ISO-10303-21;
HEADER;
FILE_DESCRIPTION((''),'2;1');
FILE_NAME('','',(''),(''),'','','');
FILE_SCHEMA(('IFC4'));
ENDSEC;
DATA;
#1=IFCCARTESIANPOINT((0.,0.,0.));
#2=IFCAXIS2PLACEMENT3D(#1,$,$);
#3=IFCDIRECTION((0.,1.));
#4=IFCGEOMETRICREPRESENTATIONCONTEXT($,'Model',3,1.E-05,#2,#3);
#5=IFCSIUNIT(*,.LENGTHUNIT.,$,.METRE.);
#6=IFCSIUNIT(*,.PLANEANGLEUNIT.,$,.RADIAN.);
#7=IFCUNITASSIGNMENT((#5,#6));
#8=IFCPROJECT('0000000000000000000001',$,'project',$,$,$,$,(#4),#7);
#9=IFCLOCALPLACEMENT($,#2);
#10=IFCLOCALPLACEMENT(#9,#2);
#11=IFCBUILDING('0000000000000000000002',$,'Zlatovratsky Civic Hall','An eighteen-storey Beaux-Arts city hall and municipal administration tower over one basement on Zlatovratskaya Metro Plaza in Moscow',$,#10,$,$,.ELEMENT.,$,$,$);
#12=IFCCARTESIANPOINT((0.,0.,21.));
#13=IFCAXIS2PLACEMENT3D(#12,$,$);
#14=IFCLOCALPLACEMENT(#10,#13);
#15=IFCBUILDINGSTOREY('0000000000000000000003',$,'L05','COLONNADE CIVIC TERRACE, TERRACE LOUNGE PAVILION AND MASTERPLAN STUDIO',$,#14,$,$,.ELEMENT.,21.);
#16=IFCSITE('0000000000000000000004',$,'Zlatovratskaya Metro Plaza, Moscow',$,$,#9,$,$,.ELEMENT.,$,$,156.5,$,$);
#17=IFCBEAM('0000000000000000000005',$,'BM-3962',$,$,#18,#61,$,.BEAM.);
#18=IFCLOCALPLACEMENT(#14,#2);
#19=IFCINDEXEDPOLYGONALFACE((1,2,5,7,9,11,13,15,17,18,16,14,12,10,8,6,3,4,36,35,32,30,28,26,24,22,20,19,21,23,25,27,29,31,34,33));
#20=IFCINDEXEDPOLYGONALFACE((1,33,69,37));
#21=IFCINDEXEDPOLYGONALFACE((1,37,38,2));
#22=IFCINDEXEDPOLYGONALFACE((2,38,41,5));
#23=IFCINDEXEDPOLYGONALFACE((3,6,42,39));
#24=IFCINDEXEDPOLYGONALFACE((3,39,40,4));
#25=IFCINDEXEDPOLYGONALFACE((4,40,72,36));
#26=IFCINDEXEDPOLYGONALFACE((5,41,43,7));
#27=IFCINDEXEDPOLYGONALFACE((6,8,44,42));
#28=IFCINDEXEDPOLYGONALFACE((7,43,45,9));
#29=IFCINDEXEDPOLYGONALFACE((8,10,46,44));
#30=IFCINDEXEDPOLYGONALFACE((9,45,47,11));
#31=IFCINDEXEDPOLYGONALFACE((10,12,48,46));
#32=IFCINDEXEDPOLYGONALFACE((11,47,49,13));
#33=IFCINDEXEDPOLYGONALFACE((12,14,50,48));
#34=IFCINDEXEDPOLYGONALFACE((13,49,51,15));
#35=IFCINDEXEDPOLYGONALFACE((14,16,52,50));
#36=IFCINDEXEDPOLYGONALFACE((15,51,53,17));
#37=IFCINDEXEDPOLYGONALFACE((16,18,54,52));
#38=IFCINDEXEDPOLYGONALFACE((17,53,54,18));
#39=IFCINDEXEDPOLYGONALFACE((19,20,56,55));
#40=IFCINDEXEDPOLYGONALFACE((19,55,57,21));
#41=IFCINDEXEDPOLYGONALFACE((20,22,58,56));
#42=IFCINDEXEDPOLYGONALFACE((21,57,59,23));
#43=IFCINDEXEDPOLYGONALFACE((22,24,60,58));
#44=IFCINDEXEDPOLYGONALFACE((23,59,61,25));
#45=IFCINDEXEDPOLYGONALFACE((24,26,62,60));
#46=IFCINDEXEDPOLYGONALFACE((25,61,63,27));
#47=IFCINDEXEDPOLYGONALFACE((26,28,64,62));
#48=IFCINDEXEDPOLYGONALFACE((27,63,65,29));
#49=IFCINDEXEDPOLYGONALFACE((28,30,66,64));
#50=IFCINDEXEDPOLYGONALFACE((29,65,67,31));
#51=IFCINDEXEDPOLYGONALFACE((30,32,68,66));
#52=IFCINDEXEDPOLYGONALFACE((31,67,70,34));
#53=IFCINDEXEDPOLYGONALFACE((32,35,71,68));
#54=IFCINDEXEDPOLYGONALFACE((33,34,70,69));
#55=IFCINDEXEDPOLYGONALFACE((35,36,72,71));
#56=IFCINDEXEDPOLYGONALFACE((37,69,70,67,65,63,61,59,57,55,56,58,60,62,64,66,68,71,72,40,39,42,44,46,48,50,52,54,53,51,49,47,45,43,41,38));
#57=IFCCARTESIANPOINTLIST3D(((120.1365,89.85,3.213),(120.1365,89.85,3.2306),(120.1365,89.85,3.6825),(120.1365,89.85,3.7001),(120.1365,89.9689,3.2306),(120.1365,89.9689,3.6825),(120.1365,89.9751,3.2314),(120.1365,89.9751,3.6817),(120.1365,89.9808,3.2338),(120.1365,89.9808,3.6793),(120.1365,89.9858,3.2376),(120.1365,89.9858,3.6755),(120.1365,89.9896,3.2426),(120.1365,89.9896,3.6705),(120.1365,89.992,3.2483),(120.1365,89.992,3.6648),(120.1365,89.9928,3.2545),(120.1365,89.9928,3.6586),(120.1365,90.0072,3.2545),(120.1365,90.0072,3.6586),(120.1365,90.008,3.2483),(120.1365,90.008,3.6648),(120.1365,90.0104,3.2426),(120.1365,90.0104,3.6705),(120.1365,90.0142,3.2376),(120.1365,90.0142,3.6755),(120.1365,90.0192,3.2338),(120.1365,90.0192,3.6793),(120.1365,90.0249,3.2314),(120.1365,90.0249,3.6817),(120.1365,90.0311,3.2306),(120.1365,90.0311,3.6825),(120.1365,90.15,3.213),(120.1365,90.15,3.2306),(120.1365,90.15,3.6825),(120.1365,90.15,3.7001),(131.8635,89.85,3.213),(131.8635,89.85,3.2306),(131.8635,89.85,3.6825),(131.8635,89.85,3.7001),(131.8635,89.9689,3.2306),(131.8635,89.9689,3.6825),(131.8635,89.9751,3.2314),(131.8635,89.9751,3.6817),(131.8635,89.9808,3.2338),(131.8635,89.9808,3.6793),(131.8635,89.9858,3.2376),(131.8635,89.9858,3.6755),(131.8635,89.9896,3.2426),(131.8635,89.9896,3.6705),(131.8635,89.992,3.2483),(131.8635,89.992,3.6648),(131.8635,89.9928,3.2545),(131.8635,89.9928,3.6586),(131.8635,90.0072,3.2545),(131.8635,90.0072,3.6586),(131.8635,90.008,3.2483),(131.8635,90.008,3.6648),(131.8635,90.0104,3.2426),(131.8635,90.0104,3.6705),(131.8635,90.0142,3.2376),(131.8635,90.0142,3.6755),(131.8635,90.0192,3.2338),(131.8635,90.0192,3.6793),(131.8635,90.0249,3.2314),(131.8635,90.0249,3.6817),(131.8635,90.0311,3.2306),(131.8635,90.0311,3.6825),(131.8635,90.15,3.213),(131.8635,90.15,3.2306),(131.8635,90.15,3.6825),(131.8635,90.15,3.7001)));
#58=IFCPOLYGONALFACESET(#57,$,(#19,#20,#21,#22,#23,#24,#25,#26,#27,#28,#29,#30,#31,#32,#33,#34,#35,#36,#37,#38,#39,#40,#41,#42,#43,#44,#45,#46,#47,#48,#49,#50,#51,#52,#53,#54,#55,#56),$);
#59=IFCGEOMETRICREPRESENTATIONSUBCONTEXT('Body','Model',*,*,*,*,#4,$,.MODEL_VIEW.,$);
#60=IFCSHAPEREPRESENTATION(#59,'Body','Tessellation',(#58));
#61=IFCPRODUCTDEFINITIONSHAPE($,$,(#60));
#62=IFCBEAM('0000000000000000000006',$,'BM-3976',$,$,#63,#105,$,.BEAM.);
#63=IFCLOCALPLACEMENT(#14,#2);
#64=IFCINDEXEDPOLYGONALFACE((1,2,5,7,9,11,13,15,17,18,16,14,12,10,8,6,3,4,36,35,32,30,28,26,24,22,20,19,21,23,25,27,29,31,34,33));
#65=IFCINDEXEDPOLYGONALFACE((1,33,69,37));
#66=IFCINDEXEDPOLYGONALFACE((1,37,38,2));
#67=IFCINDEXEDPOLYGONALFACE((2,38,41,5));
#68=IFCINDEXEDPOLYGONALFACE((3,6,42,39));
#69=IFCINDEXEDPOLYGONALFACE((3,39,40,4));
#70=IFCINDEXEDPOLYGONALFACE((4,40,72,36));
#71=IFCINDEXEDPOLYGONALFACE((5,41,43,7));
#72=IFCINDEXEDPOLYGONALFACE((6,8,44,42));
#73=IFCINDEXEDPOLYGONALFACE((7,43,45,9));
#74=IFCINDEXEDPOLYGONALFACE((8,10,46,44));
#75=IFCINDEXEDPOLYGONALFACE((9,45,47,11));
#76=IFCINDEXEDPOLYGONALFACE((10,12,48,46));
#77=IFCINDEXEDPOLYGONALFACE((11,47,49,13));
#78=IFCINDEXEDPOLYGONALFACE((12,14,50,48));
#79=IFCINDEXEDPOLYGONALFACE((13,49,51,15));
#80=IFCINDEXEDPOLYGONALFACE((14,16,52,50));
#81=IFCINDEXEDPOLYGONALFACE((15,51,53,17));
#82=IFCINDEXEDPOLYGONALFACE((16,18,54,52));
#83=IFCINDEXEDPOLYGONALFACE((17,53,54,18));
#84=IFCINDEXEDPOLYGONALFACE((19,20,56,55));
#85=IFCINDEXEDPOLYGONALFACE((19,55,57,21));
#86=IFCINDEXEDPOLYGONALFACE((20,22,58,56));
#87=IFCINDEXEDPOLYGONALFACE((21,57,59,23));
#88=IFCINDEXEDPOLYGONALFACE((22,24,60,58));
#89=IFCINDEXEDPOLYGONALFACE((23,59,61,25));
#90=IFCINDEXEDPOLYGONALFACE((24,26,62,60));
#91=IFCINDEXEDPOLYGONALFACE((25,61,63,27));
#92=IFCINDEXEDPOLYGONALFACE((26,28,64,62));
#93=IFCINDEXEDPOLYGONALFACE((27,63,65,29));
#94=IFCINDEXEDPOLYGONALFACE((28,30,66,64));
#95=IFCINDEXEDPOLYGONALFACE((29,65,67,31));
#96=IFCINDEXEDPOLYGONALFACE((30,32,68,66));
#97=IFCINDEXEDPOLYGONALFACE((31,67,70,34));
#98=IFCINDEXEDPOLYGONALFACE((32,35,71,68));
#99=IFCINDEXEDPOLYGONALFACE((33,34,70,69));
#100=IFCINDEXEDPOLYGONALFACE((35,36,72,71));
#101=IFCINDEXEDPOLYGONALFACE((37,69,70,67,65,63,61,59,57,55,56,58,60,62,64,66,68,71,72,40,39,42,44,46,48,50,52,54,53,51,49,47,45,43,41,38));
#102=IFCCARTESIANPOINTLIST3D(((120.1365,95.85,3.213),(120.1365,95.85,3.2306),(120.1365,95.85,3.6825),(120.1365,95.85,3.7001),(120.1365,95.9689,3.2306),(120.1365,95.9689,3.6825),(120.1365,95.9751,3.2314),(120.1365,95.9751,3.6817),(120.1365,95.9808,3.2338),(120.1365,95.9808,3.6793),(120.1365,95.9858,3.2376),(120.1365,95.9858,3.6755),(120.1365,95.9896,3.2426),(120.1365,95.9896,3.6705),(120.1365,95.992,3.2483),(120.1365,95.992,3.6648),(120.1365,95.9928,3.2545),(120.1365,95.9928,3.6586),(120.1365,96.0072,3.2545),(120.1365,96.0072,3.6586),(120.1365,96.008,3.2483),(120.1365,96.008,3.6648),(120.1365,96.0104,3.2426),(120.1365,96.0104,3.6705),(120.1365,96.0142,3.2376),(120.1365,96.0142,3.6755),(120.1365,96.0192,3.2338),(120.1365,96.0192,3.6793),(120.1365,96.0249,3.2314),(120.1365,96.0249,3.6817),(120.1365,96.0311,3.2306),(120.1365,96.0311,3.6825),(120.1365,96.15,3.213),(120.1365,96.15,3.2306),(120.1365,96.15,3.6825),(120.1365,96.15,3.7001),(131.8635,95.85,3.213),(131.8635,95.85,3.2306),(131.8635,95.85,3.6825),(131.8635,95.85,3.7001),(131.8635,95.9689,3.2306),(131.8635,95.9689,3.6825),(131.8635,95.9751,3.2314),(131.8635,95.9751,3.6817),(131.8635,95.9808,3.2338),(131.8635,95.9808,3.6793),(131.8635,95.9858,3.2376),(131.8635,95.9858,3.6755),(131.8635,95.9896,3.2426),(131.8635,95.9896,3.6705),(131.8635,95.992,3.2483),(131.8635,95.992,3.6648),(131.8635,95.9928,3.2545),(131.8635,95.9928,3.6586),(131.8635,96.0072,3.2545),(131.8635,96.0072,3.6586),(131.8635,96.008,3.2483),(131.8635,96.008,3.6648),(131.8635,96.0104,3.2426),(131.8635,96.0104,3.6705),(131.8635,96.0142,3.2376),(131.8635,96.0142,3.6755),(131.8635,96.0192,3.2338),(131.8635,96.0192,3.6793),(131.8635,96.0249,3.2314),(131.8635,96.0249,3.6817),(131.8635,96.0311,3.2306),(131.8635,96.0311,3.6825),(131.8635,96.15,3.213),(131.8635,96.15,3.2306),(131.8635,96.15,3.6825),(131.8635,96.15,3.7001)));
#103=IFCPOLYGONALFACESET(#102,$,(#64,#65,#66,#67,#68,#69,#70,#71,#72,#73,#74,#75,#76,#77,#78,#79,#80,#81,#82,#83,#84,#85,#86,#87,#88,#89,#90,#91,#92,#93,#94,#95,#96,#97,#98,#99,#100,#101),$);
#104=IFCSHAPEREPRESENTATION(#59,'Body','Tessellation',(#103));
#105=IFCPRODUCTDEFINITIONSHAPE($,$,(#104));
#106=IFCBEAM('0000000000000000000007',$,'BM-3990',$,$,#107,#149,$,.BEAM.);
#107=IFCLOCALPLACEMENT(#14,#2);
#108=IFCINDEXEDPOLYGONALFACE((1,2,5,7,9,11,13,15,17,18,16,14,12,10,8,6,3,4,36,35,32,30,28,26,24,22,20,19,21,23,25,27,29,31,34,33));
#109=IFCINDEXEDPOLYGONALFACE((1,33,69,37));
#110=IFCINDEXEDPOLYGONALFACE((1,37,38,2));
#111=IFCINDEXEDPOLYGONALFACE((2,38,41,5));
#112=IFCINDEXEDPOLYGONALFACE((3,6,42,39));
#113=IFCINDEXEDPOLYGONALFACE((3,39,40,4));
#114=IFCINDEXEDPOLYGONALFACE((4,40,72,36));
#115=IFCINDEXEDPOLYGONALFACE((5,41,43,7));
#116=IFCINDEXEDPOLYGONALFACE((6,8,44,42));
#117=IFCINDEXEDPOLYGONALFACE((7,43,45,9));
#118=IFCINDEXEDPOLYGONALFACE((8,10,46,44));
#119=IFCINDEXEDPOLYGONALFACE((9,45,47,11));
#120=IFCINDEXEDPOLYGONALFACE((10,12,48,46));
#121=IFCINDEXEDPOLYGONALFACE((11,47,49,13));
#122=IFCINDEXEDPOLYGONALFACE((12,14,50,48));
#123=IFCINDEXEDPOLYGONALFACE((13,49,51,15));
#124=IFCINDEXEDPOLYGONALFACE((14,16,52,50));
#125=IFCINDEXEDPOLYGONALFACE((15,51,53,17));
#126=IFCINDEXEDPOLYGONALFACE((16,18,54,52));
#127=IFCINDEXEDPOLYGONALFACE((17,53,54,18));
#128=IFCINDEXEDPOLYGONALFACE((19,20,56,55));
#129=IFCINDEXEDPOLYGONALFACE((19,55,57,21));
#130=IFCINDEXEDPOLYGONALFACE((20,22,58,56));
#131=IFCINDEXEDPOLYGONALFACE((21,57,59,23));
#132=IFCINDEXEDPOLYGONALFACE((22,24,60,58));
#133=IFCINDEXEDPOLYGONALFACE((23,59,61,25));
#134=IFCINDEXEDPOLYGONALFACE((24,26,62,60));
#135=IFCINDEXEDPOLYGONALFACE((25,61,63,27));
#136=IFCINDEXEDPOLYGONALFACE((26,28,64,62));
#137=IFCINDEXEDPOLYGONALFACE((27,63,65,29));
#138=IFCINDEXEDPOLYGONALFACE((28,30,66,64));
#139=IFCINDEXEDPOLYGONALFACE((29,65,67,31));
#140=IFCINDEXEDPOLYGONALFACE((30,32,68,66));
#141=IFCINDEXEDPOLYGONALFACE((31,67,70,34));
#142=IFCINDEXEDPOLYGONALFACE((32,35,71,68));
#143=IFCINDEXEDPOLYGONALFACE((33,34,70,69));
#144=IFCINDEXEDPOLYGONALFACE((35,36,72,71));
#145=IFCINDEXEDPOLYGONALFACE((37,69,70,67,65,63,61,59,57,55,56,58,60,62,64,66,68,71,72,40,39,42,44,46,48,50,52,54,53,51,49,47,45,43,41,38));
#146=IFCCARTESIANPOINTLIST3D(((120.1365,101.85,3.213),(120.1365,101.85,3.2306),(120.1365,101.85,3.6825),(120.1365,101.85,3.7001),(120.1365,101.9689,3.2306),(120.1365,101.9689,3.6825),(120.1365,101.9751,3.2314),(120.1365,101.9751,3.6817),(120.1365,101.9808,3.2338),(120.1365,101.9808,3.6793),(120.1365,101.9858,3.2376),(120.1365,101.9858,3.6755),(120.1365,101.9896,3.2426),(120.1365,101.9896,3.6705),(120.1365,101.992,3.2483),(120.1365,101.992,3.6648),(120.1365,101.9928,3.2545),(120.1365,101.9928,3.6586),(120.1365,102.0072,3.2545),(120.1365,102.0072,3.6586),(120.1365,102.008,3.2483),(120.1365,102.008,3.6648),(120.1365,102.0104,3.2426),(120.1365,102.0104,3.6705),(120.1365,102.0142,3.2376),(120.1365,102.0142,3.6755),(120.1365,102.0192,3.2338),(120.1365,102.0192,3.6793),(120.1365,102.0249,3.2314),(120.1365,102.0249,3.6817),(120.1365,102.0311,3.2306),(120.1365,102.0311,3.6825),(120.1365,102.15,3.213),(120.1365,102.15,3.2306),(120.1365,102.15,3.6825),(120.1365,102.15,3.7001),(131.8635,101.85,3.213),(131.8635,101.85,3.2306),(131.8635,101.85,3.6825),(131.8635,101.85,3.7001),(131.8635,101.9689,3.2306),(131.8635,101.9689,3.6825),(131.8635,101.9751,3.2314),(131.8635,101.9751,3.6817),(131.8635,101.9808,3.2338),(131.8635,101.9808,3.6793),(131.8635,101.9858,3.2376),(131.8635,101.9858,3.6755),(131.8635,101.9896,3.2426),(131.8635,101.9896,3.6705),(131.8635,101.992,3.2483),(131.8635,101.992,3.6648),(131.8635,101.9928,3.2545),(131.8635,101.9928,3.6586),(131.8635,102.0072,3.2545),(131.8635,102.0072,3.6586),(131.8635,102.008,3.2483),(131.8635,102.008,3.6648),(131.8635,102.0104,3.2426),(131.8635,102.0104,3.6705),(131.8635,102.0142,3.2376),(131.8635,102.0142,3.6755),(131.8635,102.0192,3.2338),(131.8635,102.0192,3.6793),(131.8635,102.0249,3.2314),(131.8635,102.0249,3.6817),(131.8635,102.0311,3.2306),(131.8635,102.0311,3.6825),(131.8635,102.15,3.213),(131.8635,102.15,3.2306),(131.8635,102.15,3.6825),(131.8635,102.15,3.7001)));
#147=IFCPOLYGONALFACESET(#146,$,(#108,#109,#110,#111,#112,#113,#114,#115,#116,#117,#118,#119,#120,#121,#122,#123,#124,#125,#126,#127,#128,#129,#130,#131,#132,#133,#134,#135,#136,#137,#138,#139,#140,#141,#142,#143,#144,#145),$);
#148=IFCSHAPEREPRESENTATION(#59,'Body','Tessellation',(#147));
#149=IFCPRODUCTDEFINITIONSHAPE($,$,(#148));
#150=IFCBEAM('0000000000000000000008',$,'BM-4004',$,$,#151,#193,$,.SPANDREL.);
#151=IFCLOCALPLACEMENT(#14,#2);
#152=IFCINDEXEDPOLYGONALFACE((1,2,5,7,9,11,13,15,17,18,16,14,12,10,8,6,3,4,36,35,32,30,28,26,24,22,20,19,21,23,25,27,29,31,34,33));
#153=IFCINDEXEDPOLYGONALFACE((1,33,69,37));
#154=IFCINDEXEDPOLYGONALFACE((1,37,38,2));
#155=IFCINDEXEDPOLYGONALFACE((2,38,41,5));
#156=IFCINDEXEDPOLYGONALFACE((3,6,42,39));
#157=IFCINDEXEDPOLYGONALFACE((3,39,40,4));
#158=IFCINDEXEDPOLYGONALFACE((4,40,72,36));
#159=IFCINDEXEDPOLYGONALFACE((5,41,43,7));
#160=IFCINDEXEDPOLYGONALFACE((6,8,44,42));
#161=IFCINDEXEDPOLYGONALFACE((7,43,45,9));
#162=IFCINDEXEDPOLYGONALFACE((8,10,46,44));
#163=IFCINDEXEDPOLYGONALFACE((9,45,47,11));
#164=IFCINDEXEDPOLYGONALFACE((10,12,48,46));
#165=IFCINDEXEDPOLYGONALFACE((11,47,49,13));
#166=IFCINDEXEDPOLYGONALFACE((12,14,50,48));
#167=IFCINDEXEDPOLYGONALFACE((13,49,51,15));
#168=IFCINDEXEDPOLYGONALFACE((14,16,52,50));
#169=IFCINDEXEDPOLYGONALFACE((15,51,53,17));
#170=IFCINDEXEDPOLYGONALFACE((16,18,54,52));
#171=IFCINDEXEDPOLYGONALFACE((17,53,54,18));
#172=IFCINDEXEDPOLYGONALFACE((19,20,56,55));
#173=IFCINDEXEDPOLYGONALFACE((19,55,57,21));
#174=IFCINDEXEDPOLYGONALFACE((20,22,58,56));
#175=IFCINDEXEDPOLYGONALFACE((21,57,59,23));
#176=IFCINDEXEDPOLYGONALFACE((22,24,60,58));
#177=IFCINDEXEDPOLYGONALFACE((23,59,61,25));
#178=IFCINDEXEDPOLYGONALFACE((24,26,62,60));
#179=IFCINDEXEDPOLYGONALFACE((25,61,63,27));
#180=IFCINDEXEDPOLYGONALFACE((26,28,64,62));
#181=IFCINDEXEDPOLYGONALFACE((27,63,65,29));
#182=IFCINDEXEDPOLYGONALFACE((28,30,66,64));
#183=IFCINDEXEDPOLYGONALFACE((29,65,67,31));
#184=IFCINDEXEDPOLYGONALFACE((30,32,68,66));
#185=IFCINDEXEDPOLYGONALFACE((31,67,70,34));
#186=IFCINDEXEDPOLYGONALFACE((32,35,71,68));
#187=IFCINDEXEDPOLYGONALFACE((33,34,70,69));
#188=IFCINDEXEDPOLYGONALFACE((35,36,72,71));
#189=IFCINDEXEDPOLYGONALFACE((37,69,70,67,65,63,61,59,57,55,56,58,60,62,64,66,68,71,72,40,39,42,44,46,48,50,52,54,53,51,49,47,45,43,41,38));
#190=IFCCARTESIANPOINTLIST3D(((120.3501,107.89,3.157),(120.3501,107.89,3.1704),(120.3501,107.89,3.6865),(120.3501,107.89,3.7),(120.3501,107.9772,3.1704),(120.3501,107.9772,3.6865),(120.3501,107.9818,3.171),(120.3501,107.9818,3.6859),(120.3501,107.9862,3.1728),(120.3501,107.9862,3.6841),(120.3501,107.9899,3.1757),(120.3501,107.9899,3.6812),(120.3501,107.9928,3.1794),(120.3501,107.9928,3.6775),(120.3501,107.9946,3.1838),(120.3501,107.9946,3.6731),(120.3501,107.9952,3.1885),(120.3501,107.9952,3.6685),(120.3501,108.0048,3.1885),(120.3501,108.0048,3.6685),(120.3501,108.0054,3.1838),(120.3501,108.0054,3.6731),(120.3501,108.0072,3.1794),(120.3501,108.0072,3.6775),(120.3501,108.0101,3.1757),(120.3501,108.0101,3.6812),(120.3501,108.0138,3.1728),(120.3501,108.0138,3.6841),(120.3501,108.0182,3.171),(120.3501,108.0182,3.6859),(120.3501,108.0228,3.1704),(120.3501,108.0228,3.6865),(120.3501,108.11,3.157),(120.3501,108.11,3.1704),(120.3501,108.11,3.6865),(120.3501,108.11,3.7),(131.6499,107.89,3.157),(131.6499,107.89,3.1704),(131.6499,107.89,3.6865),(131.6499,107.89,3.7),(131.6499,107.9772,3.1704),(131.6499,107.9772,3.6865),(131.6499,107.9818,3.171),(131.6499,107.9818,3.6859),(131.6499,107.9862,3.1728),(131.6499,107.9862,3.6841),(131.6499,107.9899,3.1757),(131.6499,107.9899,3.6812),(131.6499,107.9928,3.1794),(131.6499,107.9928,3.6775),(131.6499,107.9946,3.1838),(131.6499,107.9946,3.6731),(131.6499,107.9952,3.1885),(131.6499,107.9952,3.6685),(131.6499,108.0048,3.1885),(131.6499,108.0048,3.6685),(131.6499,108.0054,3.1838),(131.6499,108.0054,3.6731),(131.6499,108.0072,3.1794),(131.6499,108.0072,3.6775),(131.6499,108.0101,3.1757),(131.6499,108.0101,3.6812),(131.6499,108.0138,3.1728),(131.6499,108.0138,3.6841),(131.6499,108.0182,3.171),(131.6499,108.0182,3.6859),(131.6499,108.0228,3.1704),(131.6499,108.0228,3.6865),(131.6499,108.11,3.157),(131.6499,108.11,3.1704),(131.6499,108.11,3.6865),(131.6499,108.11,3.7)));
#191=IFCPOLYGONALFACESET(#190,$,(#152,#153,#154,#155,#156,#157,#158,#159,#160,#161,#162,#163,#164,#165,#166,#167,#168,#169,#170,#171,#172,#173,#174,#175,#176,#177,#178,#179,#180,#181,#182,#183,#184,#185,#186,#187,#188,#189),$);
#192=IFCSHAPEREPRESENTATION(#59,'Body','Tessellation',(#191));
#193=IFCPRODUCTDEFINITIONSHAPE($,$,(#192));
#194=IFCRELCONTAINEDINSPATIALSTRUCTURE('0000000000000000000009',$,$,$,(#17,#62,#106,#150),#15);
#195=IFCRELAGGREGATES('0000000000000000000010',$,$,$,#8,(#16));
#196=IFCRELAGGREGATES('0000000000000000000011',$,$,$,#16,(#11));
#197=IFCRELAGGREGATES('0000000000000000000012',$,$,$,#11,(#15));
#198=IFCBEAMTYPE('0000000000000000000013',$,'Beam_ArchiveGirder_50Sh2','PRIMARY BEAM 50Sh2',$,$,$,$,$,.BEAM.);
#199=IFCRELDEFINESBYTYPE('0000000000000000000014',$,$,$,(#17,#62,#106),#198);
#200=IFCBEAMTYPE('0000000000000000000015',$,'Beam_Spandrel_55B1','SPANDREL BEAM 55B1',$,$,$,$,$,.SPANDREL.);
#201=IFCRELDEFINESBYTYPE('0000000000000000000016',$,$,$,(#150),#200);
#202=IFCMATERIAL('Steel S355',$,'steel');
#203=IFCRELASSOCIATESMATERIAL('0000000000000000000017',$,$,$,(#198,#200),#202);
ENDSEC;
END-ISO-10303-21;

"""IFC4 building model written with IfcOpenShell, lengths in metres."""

from ifc_helpers import new_model, si_unit, direction, frame, origin, origin_2d, place, context, subcontext, project, spatial, i_section, extrude, material, material_profile, profile_set, type_object, element, save


model = new_model("IFC4")

# Units and contexts
model_context = context("Model", 3, precision=1e-05, world=origin(), true_north=direction((0.0, 1.0)))
body_context = subcontext(model_context, "Body", "Model", "MODEL_VIEW")
ifc_project = project(units=[si_unit("LENGTHUNIT", "METRE"), si_unit("PLANEANGLEUNIT", "RADIAN")], contexts=[model_context])

# Site, building, storey
site_placement = place(None, origin())
site = spatial("IfcSite", under=ifc_project, at=site_placement, Name="Zlatovratskaya Metro Plaza, Moscow", CompositionType="ELEMENT", RefElevation=156.5)
building_placement = place(site_placement, origin())
building = spatial("IfcBuilding", under=site, at=building_placement, Name="Zlatovratsky Civic Hall", Description="An eighteen-storey Beaux-Arts city hall and municipal administration tower over one basement on Zlatovratskaya Metro Plaza in Moscow", CompositionType="ELEMENT")
storey_placement = place(building_placement, frame((0.0, 0.0, 21.0)))
storey = spatial("IfcBuildingStorey", under=building, at=storey_placement, Name="L05", Description="COLONNADE CIVIC TERRACE, TERRACE LOUNGE PAVILION AND MASTERPLAN STUDIO", CompositionType="ELEMENT", Elevation=21.0)

# Shared definitions
ifc_material_1 = material(Name="Steel S355", Category="steel")

# Beams
ifc_material_profile_1 = material_profile(ifc_material_1, i_section(OverallWidth=0.3, OverallDepth=0.4871, WebThickness=0.0144, FlangeThickness=0.0176, FilletRadius=0.0239, at=origin_2d()), Name="50Sh2")
ifc_profile_set_1 = profile_set([ifc_material_profile_1], Name="Steel S355")
beam_type_1 = type_object("IfcBeamType", Name="Beam_ArchiveGirder_50Sh2", Description="PRIMARY BEAM 50Sh2", PredefinedType="BEAM", material=ifc_profile_set_1)
for number, where, z_axis, x_axis, name in (
    (1, (120.1365, 90.0, 3.4565), (1.0, 0.0, 0.0), (0.0, 1.0, 0.0), "BM-3962"),
    (2, (120.1365, 96.0, 3.4565), (1.0, 0.0, 0.0), (0.0, 1.0, 0.0), "BM-3976"),
    (3, (120.1365, 102.0, 3.4565), (1.0, 0.0, 0.0), (0.0, 1.0, 0.0), "BM-3990"),
):
    element("IfcBeam", number, at=place(storey_placement, frame(where, z_axis=z_axis, x_axis=x_axis)), inside=storey, type_object=beam_type_1, Name=name, PredefinedType="BEAM", context=body_context, shape_type="SweptSolid", body=[
        extrude(i_section(OverallWidth=0.3, OverallDepth=0.4871, WebThickness=0.0144, FlangeThickness=0.0176, FilletRadius=0.0239, at=origin_2d()), origin(), (0.0, 0.0, 1.0), 11.7271),
    ])
ifc_material_profile_2 = material_profile(ifc_material_1, i_section(OverallWidth=0.22, OverallDepth=0.543, WebThickness=0.0095, FlangeThickness=0.0134, FilletRadius=0.0181, at=origin_2d()), Name="55B1")
ifc_profile_set_2 = profile_set([ifc_material_profile_2], Name="Steel S355")
beam_type_2 = type_object("IfcBeamType", Name="Beam_Spandrel_55B1", Description="SPANDREL BEAM 55B1", PredefinedType="SPANDREL", material=ifc_profile_set_2)
beam_1_placement = place(storey_placement, frame((120.3501, 108.0, 3.4285), z_axis=(1.0, 0.0, 0.0), x_axis=(0.0, 1.0, 0.0)))
element("IfcBeam", 4, at=beam_1_placement, inside=storey, type_object=beam_type_2, Name="BM-4004", PredefinedType="SPANDREL", context=body_context, shape_type="SweptSolid", body=[
    extrude(i_section(OverallWidth=0.22, OverallDepth=0.543, WebThickness=0.0095, FlangeThickness=0.0134, FilletRadius=0.0181, at=origin_2d()), origin(), (0.0, 0.0, 1.0), 11.2998),
])

save(model, "model.ifc")
